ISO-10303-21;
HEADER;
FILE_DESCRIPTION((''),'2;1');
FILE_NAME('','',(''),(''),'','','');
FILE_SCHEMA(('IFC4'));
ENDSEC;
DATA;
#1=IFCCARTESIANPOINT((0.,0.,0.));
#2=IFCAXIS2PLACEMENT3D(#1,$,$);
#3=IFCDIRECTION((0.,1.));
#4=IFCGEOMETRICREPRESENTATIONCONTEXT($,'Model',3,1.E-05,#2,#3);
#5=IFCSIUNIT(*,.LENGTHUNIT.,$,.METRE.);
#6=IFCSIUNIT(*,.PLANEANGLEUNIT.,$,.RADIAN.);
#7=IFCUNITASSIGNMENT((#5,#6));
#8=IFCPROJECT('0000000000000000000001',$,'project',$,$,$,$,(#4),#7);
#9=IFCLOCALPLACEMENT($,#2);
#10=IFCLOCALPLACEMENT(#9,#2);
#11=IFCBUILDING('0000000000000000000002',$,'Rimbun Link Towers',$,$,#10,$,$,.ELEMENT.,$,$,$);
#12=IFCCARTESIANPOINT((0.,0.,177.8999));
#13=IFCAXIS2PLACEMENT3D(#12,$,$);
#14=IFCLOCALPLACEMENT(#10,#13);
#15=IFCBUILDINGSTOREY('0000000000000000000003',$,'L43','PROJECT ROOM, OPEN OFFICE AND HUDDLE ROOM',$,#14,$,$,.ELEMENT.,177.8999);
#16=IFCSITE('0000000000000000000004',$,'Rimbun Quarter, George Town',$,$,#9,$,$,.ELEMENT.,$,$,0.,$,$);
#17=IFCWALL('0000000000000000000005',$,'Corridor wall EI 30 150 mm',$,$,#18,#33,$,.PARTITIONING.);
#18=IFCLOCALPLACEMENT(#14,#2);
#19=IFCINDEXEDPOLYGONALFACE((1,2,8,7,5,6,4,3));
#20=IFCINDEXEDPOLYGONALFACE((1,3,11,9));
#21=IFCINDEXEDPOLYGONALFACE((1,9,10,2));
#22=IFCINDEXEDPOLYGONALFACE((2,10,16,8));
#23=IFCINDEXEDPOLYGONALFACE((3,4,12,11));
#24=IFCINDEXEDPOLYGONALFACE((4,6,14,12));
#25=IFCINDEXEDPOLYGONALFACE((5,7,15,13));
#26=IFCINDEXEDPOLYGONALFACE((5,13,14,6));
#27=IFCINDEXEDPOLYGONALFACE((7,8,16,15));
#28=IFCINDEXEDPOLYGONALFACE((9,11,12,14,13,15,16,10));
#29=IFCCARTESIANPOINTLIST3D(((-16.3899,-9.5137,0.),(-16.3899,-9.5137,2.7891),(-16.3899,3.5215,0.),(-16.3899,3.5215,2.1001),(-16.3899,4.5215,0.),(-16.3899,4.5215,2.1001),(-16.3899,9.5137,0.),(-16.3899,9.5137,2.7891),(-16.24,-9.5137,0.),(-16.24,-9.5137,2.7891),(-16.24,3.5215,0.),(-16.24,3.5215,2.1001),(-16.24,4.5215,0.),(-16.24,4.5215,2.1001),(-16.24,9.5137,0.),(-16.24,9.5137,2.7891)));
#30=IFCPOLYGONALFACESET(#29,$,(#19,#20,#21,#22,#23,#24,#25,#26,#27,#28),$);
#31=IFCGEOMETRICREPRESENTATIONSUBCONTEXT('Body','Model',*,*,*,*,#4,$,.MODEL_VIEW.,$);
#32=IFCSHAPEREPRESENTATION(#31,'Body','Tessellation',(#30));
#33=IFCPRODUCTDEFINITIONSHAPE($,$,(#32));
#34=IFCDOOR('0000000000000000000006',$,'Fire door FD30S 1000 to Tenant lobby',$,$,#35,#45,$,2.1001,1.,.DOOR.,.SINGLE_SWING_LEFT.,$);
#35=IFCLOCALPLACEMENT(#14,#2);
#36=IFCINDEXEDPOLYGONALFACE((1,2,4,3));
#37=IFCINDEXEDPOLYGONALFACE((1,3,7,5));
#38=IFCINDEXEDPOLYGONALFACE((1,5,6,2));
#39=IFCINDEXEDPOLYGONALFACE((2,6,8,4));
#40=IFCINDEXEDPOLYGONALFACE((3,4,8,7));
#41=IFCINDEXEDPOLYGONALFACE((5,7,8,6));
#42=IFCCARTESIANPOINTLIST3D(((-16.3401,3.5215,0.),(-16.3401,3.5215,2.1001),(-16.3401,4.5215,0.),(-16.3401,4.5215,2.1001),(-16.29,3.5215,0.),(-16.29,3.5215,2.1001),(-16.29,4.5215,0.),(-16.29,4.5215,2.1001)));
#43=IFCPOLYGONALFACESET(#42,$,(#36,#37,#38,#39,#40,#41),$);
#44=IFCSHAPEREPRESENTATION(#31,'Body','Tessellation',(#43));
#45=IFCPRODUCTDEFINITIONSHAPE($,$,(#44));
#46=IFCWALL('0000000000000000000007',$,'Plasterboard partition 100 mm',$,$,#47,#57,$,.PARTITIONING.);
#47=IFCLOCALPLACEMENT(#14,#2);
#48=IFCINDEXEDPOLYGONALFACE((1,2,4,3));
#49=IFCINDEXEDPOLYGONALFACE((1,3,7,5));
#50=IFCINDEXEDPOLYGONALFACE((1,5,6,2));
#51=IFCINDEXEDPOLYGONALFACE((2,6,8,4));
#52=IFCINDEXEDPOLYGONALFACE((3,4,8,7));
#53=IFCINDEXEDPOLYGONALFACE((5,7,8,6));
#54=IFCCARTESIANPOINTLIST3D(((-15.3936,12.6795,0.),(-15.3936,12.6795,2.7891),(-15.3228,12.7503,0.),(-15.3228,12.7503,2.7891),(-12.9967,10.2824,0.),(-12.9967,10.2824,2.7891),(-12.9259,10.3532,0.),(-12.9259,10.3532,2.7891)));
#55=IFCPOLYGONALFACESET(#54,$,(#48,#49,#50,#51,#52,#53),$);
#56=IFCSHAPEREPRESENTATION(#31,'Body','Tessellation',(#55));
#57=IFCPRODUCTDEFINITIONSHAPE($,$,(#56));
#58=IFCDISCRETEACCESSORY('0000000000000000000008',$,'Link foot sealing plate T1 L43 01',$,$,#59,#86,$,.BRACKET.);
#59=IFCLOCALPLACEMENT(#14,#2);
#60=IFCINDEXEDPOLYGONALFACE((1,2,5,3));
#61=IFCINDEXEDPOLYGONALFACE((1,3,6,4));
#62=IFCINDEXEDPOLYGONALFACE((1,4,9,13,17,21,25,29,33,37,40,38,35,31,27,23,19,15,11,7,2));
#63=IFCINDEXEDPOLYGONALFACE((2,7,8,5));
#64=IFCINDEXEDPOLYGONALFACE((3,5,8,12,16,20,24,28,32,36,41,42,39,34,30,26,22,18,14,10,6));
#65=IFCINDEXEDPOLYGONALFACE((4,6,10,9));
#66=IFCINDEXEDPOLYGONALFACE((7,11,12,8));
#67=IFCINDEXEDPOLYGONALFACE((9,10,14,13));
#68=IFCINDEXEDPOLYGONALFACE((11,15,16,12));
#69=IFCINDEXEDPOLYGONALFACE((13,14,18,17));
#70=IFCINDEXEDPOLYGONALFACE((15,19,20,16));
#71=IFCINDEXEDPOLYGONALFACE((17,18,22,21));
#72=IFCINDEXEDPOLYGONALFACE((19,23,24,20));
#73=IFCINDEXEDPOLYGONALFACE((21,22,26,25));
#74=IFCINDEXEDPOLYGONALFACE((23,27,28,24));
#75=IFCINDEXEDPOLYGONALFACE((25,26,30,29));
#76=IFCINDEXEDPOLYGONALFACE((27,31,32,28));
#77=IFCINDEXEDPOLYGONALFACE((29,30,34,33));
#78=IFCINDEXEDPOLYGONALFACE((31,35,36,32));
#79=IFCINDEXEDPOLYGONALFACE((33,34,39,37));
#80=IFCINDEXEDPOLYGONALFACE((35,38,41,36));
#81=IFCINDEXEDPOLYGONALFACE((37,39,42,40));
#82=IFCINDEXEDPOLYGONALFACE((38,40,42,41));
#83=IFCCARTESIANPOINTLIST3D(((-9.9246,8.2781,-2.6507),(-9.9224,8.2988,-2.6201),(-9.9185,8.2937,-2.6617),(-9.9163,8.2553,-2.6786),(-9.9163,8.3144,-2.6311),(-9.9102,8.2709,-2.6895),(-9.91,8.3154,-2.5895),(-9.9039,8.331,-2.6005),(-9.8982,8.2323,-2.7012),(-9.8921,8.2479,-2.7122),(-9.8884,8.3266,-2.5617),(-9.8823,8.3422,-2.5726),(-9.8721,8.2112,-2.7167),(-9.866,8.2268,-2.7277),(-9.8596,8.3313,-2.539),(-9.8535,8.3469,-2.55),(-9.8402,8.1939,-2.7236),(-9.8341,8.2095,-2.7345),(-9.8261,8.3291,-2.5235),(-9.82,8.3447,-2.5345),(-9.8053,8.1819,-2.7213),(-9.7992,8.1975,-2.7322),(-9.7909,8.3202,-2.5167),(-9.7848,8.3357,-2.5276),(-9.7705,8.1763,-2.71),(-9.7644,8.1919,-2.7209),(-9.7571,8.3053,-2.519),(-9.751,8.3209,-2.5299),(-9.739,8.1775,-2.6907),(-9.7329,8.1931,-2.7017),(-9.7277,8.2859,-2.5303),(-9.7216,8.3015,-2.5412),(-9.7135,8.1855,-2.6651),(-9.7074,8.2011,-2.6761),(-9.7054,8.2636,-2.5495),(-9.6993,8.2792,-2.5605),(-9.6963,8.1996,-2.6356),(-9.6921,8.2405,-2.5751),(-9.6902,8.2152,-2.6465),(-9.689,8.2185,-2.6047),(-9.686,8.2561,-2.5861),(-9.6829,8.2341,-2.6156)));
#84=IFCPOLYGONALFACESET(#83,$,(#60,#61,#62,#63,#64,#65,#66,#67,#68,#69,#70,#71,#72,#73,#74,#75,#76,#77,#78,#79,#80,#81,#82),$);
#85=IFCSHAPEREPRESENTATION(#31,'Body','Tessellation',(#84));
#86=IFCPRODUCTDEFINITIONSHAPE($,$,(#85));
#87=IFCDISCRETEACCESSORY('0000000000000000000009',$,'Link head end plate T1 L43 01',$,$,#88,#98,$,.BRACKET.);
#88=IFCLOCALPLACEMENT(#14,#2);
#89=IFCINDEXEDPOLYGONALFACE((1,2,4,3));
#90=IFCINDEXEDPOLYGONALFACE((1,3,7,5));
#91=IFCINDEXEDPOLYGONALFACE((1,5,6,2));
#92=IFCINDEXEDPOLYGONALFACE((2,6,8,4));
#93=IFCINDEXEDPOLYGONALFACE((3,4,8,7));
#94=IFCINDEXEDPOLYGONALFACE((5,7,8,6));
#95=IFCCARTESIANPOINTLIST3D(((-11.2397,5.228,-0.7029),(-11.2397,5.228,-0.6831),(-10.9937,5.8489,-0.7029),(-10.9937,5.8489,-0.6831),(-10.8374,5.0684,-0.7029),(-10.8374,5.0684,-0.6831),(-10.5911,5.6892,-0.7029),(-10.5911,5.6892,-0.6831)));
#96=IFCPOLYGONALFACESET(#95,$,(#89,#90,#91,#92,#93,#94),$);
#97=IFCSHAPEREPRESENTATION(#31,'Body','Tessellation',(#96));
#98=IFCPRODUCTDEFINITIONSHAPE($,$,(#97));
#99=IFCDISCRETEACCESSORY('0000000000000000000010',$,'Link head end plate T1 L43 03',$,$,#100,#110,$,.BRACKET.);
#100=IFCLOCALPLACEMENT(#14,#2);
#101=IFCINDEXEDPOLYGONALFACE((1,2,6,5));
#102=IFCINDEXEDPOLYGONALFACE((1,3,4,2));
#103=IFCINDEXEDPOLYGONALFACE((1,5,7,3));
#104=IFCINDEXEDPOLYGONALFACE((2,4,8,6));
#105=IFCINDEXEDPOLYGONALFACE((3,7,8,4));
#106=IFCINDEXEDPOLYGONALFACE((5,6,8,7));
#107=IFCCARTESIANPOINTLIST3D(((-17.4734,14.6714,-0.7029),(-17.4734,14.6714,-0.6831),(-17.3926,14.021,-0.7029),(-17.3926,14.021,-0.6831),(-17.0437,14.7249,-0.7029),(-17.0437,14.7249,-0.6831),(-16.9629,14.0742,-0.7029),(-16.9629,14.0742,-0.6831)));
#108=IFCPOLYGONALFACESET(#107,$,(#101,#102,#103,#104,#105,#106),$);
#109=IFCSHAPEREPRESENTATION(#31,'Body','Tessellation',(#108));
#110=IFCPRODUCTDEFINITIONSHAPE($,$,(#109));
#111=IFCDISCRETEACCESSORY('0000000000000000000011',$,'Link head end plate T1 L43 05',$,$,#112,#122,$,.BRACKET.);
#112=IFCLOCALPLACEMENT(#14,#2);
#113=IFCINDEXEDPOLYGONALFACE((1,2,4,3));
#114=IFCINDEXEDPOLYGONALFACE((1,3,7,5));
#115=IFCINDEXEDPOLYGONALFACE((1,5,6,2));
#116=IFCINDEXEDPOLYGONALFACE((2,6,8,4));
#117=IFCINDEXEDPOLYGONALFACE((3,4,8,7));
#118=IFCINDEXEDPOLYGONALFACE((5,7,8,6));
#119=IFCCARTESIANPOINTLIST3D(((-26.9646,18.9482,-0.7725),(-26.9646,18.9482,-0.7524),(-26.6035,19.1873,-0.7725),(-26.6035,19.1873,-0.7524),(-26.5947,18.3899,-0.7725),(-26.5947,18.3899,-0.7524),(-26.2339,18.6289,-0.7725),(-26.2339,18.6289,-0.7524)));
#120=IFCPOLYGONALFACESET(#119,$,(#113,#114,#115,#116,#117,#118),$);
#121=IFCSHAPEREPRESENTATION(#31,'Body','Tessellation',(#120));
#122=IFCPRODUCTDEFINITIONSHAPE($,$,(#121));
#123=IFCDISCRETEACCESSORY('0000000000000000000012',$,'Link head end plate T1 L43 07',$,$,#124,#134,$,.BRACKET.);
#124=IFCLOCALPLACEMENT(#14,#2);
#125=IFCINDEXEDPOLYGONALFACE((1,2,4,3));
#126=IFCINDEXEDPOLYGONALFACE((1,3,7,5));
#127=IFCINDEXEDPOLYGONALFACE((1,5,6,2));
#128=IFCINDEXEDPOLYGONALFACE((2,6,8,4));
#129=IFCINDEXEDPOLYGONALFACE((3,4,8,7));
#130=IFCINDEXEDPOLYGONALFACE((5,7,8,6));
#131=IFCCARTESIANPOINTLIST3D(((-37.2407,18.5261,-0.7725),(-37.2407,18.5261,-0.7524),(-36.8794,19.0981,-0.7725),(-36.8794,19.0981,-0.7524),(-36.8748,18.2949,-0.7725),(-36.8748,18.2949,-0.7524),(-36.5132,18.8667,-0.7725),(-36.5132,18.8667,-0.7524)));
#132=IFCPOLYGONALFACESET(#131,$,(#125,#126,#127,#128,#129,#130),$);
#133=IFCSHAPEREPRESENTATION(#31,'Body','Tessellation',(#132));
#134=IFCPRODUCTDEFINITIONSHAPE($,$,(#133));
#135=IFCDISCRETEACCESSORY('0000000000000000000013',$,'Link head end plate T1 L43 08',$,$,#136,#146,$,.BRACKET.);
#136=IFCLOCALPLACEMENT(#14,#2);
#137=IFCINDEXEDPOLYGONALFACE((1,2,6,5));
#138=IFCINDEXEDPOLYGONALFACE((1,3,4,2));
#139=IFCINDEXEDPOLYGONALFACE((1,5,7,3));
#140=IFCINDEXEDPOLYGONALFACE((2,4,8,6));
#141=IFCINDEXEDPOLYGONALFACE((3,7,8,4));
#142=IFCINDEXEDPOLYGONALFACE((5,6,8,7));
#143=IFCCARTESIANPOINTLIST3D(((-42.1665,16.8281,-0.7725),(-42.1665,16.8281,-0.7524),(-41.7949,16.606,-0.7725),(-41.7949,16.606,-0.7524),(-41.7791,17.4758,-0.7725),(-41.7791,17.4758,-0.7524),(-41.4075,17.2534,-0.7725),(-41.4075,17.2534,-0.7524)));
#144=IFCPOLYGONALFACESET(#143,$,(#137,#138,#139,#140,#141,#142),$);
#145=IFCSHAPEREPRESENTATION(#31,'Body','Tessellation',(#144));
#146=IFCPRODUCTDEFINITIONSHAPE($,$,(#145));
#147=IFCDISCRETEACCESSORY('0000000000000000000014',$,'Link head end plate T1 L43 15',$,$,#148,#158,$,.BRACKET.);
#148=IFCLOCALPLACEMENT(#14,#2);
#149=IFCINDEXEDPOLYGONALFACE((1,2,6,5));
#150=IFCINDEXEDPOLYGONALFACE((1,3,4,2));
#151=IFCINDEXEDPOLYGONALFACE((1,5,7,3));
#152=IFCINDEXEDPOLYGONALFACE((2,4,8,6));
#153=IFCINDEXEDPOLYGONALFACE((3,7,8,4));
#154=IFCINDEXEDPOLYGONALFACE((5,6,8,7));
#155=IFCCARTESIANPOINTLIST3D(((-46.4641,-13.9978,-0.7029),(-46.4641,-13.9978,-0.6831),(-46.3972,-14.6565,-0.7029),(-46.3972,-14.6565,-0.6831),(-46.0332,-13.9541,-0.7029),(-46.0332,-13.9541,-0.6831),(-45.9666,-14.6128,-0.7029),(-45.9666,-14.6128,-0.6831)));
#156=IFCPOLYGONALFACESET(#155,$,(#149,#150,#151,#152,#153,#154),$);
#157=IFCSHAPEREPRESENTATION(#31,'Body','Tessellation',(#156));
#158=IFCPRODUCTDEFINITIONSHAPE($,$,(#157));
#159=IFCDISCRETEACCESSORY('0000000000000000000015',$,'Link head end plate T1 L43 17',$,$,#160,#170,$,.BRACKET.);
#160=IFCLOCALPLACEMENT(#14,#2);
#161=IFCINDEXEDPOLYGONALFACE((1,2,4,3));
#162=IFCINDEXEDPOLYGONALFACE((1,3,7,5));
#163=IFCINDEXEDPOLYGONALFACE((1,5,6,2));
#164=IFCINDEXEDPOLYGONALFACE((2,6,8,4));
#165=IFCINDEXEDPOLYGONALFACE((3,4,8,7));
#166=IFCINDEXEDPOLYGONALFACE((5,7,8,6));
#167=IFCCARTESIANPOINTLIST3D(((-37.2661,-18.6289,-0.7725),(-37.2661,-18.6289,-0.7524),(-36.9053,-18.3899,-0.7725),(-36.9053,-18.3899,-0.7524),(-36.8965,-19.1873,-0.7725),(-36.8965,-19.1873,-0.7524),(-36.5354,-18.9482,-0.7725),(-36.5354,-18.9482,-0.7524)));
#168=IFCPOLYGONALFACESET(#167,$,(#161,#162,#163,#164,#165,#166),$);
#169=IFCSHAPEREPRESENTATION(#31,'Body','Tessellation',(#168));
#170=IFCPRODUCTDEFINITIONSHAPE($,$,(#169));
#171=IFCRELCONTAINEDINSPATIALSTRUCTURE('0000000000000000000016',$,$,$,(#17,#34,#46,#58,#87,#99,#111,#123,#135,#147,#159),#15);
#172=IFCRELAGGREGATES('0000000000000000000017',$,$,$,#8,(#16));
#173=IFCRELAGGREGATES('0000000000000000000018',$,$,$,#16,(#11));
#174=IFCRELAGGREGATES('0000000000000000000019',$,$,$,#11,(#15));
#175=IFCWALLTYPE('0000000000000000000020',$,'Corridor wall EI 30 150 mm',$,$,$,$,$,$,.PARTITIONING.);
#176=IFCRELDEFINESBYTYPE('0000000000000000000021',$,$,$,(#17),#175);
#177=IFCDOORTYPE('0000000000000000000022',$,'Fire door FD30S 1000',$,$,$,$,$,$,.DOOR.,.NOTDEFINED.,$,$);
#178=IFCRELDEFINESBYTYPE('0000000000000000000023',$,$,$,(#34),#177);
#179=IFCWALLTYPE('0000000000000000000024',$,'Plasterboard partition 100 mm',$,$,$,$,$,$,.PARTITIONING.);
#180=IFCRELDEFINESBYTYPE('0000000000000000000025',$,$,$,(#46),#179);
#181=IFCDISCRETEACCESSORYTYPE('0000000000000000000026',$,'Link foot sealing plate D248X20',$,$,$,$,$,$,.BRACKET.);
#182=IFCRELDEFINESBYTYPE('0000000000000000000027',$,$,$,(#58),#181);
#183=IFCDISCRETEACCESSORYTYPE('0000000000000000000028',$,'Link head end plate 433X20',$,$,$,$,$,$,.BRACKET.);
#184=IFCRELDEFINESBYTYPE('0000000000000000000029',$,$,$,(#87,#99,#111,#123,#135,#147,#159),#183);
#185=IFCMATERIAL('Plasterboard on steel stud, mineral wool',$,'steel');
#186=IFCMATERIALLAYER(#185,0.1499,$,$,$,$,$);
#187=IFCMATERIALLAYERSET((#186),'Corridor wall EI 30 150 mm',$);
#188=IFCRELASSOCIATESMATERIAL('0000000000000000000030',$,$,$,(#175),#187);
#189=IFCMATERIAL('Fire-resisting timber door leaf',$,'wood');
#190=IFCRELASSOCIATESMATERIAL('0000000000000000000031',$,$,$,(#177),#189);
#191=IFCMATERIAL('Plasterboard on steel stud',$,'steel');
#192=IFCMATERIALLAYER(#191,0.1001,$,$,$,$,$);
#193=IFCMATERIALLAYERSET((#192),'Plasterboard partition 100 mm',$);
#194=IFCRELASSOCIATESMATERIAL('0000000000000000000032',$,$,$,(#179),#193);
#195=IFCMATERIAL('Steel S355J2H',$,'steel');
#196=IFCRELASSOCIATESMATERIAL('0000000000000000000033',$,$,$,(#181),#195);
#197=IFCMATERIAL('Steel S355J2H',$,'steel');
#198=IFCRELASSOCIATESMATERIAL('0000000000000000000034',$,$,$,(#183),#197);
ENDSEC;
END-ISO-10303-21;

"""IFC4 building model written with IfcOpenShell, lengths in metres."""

from ifc_helpers import new_model, si_unit, direction, frame, frame_2d, origin, origin_2d, place, context, subcontext, project, spatial, polyline, rectangle, circle, outline, extrude, material, layer, layer_set, material_profile, profile_set, type_object, element, fill, save


model = new_model("IFC4")

# Units and contexts
model_context = context("Model", 3, precision=1e-05, world=origin(), true_north=direction((0.0, 1.0)))
body_context = subcontext(model_context, "Body", "Model", "MODEL_VIEW")
ifc_project = project(units=[si_unit("LENGTHUNIT", "METRE"), si_unit("PLANEANGLEUNIT", "RADIAN")], contexts=[model_context])

# Site, building, storey
site_placement = place(None, origin())
site = spatial("IfcSite", under=ifc_project, at=site_placement, Name="Rimbun Quarter, George Town", CompositionType="ELEMENT", RefElevation=0.0)
building_placement = place(site_placement, origin())
building = spatial("IfcBuilding", under=site, at=building_placement, Name="Rimbun Link Towers", CompositionType="ELEMENT")
storey_placement = place(building_placement, frame((0.0, 0.0, 177.8999)))
storey = spatial("IfcBuildingStorey", under=building, at=storey_placement, Name="L43", Description="PROJECT ROOM, OPEN OFFICE AND HUDDLE ROOM", CompositionType="ELEMENT", Elevation=177.8999)

# Shared definitions
ifc_material_1 = material(Name="Plasterboard on steel stud, mineral wool", Category="steel")
ifc_layer_1 = layer(ifc_material_1, 0.1499)
ifc_layer_set_1 = layer_set([ifc_layer_1], Name="Corridor wall EI 30 150 mm")
wall_type_1 = type_object("IfcWallType", Name="Corridor wall EI 30 150 mm", PredefinedType="PARTITIONING", material=ifc_layer_set_1)

# Wall, opening, door
wall_1_placement = place(storey_placement, frame((-16.3149, 9.5137, 0.0), z_axis=(0.0, 0.0, 1.0), x_axis=(0.0, -1.0, 0.0)))
wall_1 = element("IfcWall", 1, at=wall_1_placement, inside=storey, type_object=wall_type_1, Name="Corridor wall EI 30 150 mm", PredefinedType="PARTITIONING", context=body_context, shape_type="SweptSolid", body=[
    extrude(rectangle(XDim=19.0273, YDim=0.1499, at=frame_2d((9.5137, 0.0))), origin(), (0.0, 0.0, 1.0), 2.7891),
])
opening_placement = place(wall_1_placement, frame((4.9922, 0.0, 0.0)))
opening = element("IfcOpeningElement", 2, at=opening_placement, cuts=wall_1, PredefinedType="OPENING", context=body_context, shape_type="SweptSolid", body=[
    extrude(rectangle(XDim=1.0, YDim=2.1001, at=frame_2d((0.5, 1.05))), frame((0.0, 0.085, 0.0), z_axis=(0.0, -1.0, 0.0), x_axis=(1.0, 0.0, 0.0)), (0.0, 0.0, 1.0), 0.1699),
])
ifc_material_2 = material(Name="Fire-resisting timber door leaf", Category="wood")
door_type = type_object("IfcDoorType", Name="Fire door FD30S 1000", OperationType="NOTDEFINED", PredefinedType="DOOR", material=ifc_material_2)
door_placement = place(opening_placement, origin())
door = element("IfcDoor", 3, at=door_placement, inside=storey, type_object=door_type, Name="Fire door FD30S 1000 to Tenant lobby", OperationType="SINGLE_SWING_LEFT", OverallHeight=2.1001, OverallWidth=1.0, PredefinedType="DOOR", context=body_context, shape_type="SweptSolid", body=[
    extrude(rectangle(XDim=1.0, YDim=2.1001, at=frame_2d((0.5, 1.05))), frame((0.0, 0.0249, 0.0), z_axis=(0.0, -1.0, 0.0), x_axis=(1.0, 0.0, 0.0)), (0.0, 0.0, 1.0), 0.05),
])
fill(opening, door)

# Wall
ifc_material_3 = material(Name="Plasterboard on steel stud", Category="steel")
ifc_layer_2 = layer(ifc_material_3, 0.1001)
ifc_layer_set_2 = layer_set([ifc_layer_2], Name="Plasterboard partition 100 mm")
wall_type_2 = type_object("IfcWallType", Name="Plasterboard partition 100 mm", PredefinedType="PARTITIONING", material=ifc_layer_set_2)
wall_2_placement = place(storey_placement, frame((-12.9614, 10.3179, 0.0), z_axis=(0.0, 0.0, 1.0), x_axis=(-0.707071, 0.707143, 0.0)))
element("IfcWall", 4, at=wall_2_placement, inside=storey, type_object=wall_type_2, Name="Plasterboard partition 100 mm", PredefinedType="PARTITIONING", context=body_context, shape_type="SweptSolid", body=[
    extrude(rectangle(XDim=3.3899, YDim=0.1001, at=frame_2d((1.6948, 0.0))), origin(), (0.0, 0.0, 1.0), 2.7891),
])

# Discrete accessories
ifc_material_4 = material(Name="Steel S355J2H", Category="steel")
ifc_material_profile_1 = material_profile(ifc_material_4, circle(Radius=0.124, at=origin_2d()), Name="PL D248")
ifc_profile_set_1 = profile_set([ifc_material_profile_1], Name="Steel S355J2H")
discrete_accessory_type_1 = type_object("IfcDiscreteAccessoryType", Name="Link foot sealing plate D248X20", PredefinedType="BRACKET", material=ifc_profile_set_1)
discrete_accessory_1_placement = place(storey_placement, frame((-9.8069, 8.2537, -2.6201), z_axis=(0.304381, 0.779214, -0.547885), x_axis=(-0.931457, 0.363851, 0.0)))
element("IfcDiscreteAccessory", 5, at=discrete_accessory_1_placement, inside=storey, type_object=discrete_accessory_type_1, Name="Link foot sealing plate T1 L43 01", PredefinedType="BRACKET", context=body_context, shape_type="SweptSolid", body=[
    extrude(circle(Radius=0.124, at=origin_2d()), origin(), (0.0, 0.0, 1.0), 0.02),
])
ifc_material_5 = material(Name="Steel S355J2H", Category="steel")
ifc_material_profile_2 = material_profile(ifc_material_5, rectangle(XDim=0.4331, YDim=0.4331, at=origin_2d()), Name="PL 433x433")
ifc_profile_set_2 = profile_set([ifc_material_profile_2], Name="Steel S355J2H")
discrete_accessory_type_2 = type_object("IfcDiscreteAccessoryType", Name="Link head end plate 433X20", PredefinedType="BRACKET", material=ifc_profile_set_2)
discrete_accessory_2_placement = place(storey_placement, frame((0.0, 0.0, -0.7029)))
element("IfcDiscreteAccessory", 6, at=discrete_accessory_2_placement, inside=storey, type_object=discrete_accessory_type_2, Name="Link head end plate T1 L43 01", PredefinedType="BRACKET", context=body_context, shape_type="SweptSolid", body=[
    extrude(outline(polyline([(-10.8374, 5.0684), (-10.5911, 5.6892), (-10.9937, 5.8489), (-11.2397, 5.228), (-10.8374, 5.0684)])), origin(), (0.0, 0.0, 1.0), 0.0198),
])
discrete_accessory_3_placement = place(storey_placement, frame((0.0, 0.0, -0.7029)))
element("IfcDiscreteAccessory", 7, at=discrete_accessory_3_placement, inside=storey, type_object=discrete_accessory_type_2, Name="Link head end plate T1 L43 03", PredefinedType="BRACKET", context=body_context, shape_type="SweptSolid", body=[
    extrude(outline(polyline([(-16.9629, 14.0742), (-17.0437, 14.7249), (-17.4734, 14.6714), (-17.3926, 14.021), (-16.9629, 14.0742)])), origin(), (0.0, 0.0, 1.0), 0.0198),
])
discrete_accessory_4_placement = place(storey_placement, frame((0.0, 0.0, -0.7725)))
element("IfcDiscreteAccessory", 8, at=discrete_accessory_4_placement, inside=storey, type_object=discrete_accessory_type_2, Name="Link head end plate T1 L43 05", PredefinedType="BRACKET", context=body_context, shape_type="SweptSolid", body=[
    extrude(outline(polyline([(-26.2339, 18.6289), (-26.6035, 19.1873), (-26.9646, 18.9482), (-26.5947, 18.3899), (-26.2339, 18.6289)])), origin(), (0.0, 0.0, 1.0), 0.02),
])
discrete_accessory_5_placement = place(storey_placement, frame((0.0, 0.0, -0.7725)))
element("IfcDiscreteAccessory", 9, at=discrete_accessory_5_placement, inside=storey, type_object=discrete_accessory_type_2, Name="Link head end plate T1 L43 07", PredefinedType="BRACKET", context=body_context, shape_type="SweptSolid", body=[
    extrude(outline(polyline([(-36.8748, 18.2949), (-36.5132, 18.8667), (-36.8794, 19.0981), (-37.2407, 18.5261), (-36.8748, 18.2949)])), origin(), (0.0, 0.0, 1.0), 0.02),
])
discrete_accessory_6_placement = place(storey_placement, frame((0.0, 0.0, -0.7725)))
element("IfcDiscreteAccessory", 10, at=discrete_accessory_6_placement, inside=storey, type_object=discrete_accessory_type_2, Name="Link head end plate T1 L43 08", PredefinedType="BRACKET", context=body_context, shape_type="SweptSolid", body=[
    extrude(outline(polyline([(-41.7949, 16.606), (-41.4075, 17.2534), (-41.7791, 17.4758), (-42.1665, 16.8281), (-41.7949, 16.606)])), origin(), (0.0, 0.0, 1.0), 0.02),
])
discrete_accessory_7_placement = place(storey_placement, frame((0.0, 0.0, -0.7029)))
element("IfcDiscreteAccessory", 11, at=discrete_accessory_7_placement, inside=storey, type_object=discrete_accessory_type_2, Name="Link head end plate T1 L43 15", PredefinedType="BRACKET", context=body_context, shape_type="SweptSolid", body=[
    extrude(outline(polyline([(-46.4641, -13.9978), (-46.3972, -14.6565), (-45.9666, -14.6128), (-46.0332, -13.9541), (-46.4641, -13.9978)])), origin(), (0.0, 0.0, 1.0), 0.0198),
])
discrete_accessory_8_placement = place(storey_placement, frame((0.0, 0.0, -0.7725)))
element("IfcDiscreteAccessory", 12, at=discrete_accessory_8_placement, inside=storey, type_object=discrete_accessory_type_2, Name="Link head end plate T1 L43 17", PredefinedType="BRACKET", context=body_context, shape_type="SweptSolid", body=[
    extrude(outline(polyline([(-37.2661, -18.6289), (-36.8965, -19.1873), (-36.5354, -18.9482), (-36.9053, -18.3899), (-37.2661, -18.6289)])), origin(), (0.0, 0.0, 1.0), 0.02),
])

save(model, "model.ifc")
